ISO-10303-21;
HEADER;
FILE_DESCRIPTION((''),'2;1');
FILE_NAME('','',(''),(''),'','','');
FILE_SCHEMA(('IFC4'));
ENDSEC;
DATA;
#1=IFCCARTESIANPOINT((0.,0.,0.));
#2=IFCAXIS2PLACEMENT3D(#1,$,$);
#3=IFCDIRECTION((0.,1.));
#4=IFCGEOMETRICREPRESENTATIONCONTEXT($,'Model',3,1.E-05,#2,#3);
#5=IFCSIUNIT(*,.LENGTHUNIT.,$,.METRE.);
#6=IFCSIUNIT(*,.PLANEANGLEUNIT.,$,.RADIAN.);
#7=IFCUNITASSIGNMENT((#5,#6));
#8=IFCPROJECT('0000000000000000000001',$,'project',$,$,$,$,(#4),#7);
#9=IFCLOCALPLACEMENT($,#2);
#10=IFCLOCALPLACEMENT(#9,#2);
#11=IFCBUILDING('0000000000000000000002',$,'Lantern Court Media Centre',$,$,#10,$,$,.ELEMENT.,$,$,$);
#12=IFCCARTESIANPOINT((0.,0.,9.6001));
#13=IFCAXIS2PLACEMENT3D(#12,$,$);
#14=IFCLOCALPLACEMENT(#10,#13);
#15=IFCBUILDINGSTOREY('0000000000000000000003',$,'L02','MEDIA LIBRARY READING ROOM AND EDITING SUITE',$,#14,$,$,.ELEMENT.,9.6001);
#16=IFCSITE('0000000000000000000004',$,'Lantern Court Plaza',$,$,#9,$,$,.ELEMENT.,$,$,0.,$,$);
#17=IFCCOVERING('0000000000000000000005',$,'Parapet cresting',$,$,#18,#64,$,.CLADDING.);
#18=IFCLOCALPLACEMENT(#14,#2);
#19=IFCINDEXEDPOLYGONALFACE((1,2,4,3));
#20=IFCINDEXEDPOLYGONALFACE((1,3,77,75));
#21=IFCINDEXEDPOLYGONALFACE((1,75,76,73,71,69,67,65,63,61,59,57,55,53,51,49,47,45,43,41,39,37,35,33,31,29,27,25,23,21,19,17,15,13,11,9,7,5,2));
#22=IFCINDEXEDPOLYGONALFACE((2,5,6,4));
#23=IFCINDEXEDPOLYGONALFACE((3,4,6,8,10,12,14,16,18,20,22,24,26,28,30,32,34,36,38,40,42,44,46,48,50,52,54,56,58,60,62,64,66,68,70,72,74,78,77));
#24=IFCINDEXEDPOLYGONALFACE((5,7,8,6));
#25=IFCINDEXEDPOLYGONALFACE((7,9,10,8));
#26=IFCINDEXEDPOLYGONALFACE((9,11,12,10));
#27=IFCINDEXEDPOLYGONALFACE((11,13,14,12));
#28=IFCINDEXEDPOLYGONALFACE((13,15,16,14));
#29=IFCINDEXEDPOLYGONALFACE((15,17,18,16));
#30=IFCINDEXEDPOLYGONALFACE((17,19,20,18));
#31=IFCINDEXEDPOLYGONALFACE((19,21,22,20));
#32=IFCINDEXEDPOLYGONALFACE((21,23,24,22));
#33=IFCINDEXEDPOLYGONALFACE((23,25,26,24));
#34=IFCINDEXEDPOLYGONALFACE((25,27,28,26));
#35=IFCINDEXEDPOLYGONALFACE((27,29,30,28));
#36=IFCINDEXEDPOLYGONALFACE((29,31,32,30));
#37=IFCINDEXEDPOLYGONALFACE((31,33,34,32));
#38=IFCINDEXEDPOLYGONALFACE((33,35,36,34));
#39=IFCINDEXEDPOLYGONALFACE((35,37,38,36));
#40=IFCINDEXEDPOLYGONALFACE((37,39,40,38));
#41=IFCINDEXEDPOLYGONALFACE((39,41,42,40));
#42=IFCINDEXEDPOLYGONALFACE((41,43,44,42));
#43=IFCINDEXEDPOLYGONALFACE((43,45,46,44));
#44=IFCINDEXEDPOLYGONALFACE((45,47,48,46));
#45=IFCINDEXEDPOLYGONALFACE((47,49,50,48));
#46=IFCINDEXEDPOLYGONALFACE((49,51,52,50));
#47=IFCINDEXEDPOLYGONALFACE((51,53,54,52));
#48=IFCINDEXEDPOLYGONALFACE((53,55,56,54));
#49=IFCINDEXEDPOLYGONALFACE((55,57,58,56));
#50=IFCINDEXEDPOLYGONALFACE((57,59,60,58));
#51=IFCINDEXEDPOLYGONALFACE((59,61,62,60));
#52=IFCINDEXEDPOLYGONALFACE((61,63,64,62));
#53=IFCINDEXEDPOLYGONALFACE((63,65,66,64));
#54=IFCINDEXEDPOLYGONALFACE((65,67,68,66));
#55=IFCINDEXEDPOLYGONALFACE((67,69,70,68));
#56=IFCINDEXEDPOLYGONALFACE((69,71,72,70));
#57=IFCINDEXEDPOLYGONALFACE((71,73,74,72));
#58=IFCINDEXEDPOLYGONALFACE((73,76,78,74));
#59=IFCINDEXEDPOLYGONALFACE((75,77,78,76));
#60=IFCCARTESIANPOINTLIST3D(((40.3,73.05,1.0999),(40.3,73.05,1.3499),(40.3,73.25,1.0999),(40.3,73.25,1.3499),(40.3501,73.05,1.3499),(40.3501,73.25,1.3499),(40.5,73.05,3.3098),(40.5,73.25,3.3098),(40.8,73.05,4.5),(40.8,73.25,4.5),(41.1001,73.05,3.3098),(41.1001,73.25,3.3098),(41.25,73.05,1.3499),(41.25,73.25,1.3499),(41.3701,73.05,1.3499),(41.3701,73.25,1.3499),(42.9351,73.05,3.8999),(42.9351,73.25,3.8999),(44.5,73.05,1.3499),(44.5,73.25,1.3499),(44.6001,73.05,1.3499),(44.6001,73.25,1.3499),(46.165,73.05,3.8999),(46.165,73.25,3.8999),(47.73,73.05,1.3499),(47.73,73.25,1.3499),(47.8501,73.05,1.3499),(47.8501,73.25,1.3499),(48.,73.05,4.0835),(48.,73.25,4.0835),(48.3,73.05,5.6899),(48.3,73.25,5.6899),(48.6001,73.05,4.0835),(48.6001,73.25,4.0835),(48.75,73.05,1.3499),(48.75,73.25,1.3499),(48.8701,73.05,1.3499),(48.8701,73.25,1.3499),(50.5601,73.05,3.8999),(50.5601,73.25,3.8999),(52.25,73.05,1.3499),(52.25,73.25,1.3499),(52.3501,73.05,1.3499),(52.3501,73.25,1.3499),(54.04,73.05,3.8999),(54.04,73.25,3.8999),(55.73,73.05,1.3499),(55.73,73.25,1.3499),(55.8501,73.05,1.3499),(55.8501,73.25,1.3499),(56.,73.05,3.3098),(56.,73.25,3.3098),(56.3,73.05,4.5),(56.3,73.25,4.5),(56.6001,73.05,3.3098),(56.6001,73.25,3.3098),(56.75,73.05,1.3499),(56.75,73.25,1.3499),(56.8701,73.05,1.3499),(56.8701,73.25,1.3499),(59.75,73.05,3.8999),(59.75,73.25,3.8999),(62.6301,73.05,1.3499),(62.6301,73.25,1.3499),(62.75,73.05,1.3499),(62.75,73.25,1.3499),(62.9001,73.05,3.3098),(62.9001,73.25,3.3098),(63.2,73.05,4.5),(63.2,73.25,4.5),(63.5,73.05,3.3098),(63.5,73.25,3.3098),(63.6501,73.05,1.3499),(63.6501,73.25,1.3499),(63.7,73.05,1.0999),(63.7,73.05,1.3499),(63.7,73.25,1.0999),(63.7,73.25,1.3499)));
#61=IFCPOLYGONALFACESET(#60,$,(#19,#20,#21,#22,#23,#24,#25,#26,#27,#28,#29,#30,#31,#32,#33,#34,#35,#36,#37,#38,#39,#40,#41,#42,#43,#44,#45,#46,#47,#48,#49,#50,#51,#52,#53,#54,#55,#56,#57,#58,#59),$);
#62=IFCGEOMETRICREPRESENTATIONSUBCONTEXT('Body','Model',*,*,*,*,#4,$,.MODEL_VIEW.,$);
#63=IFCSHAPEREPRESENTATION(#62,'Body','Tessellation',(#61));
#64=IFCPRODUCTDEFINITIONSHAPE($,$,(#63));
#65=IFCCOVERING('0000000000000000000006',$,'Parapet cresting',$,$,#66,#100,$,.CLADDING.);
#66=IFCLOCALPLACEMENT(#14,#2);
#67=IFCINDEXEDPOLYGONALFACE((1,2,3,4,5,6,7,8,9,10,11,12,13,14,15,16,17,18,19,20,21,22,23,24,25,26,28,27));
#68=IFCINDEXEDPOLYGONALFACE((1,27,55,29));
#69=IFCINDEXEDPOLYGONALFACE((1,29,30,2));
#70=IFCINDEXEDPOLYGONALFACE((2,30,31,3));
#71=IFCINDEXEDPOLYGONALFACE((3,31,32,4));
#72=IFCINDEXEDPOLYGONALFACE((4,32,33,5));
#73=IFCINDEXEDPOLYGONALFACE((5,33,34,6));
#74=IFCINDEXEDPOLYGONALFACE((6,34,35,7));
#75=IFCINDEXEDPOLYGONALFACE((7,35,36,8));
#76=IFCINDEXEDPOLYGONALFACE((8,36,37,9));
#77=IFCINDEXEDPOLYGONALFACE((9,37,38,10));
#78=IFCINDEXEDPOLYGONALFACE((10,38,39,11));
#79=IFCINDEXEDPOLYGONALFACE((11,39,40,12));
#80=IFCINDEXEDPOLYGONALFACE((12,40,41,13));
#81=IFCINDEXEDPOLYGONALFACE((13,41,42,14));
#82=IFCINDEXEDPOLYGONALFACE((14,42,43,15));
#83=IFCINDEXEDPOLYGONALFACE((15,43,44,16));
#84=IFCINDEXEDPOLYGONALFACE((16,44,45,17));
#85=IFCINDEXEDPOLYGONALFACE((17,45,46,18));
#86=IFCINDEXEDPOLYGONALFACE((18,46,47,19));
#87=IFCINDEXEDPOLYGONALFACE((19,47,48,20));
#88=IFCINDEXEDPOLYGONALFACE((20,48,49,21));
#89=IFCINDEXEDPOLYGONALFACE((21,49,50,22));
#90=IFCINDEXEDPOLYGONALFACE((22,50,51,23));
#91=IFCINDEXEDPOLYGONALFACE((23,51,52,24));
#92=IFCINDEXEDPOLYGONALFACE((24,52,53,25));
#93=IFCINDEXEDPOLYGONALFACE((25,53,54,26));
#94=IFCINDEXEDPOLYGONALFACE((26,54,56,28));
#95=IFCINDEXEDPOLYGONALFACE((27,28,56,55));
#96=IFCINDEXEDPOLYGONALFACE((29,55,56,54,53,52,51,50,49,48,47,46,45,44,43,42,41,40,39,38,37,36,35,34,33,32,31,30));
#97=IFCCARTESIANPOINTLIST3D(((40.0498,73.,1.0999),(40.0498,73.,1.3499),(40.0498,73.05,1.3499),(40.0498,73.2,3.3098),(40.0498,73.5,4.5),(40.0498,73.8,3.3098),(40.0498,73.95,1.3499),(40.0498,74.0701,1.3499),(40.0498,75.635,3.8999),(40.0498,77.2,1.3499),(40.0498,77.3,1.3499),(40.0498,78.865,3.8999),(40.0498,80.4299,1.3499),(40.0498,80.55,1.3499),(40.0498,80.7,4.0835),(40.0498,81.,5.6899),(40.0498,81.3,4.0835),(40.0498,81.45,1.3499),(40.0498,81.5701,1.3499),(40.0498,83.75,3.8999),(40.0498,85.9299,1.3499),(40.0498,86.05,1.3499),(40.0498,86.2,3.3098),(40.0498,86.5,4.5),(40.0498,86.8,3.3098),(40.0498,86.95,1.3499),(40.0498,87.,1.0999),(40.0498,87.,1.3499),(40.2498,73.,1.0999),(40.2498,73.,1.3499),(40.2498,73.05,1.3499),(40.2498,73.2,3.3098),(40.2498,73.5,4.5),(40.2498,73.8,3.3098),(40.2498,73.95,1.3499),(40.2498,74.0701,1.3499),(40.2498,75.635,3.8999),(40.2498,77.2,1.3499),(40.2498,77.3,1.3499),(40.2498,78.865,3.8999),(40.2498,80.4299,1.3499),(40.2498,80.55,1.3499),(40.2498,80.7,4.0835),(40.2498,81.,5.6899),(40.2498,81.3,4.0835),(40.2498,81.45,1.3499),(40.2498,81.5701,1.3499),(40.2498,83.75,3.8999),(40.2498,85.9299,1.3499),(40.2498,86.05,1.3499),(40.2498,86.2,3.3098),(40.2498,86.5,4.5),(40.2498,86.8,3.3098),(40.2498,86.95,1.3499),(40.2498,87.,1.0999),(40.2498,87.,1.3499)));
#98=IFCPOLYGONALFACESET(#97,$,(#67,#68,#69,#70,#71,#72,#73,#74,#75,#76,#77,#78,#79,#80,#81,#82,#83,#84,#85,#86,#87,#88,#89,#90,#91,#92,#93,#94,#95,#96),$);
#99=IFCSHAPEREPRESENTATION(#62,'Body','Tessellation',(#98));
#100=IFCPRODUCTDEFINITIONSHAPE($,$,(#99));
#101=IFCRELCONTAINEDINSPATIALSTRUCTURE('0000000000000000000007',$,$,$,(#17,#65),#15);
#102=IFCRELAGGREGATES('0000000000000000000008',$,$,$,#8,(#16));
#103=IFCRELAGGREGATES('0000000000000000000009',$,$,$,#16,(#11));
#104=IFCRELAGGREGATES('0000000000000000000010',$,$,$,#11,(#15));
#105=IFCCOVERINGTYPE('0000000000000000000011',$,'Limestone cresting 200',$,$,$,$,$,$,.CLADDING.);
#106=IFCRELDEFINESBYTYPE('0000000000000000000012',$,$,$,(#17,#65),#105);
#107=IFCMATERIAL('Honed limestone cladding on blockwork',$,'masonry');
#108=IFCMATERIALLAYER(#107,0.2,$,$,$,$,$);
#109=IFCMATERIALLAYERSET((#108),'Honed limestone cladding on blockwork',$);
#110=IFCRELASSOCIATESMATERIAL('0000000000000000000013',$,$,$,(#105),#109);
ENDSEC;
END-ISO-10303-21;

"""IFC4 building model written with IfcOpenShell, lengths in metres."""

from ifc_helpers import new_model, si_unit, direction, frame, origin, place, context, subcontext, project, spatial, polyline, outline, extrude, material, layer, layer_set, type_object, element, save


model = new_model("IFC4")

# Units and contexts
model_context = context("Model", 3, precision=1e-05, world=origin(), true_north=direction((0.0, 1.0)))
body_context = subcontext(model_context, "Body", "Model", "MODEL_VIEW")
ifc_project = project(units=[si_unit("LENGTHUNIT", "METRE"), si_unit("PLANEANGLEUNIT", "RADIAN")], contexts=[model_context])

# Site, building, storey
site_placement = place(None, origin())
site = spatial("IfcSite", under=ifc_project, at=site_placement, Name="Lantern Court Plaza", CompositionType="ELEMENT", RefElevation=0.0)
building_placement = place(site_placement, origin())
building = spatial("IfcBuilding", under=site, at=building_placement, Name="Lantern Court Media Centre", CompositionType="ELEMENT")
storey_placement = place(building_placement, frame((0.0, 0.0, 9.6001)))
storey = spatial("IfcBuildingStorey", under=building, at=storey_placement, Name="L02", Description="MEDIA LIBRARY READING ROOM AND EDITING SUITE", CompositionType="ELEMENT", Elevation=9.6001)

# Coverings
ifc_material_1 = material(Name="Honed limestone cladding on blockwork", Category="masonry")
ifc_layer_1 = layer(ifc_material_1, 0.2)
ifc_layer_set_1 = layer_set([ifc_layer_1], Name="Honed limestone cladding on blockwork")
covering_type_1 = type_object("IfcCoveringType", Name="Limestone cresting 200", PredefinedType="CLADDING", material=ifc_layer_set_1)
covering_1_placement = place(storey_placement, frame((40.3, 73.1499, 1.0999), z_axis=(0.0, 0.0, 1.0), x_axis=(1.0, 0.0, 0.0)))
element("IfcCovering", 1, at=covering_1_placement, inside=storey, type_object=covering_type_1, Name="Parapet cresting", PredefinedType="CLADDING", context=body_context, shape_type="SweptSolid", body=[
    extrude(outline(polyline([(0.0, 0.0), (23.3999, 0.0), (23.3999, 0.25), (23.3501, 0.25), (23.2, 2.21), (22.8999, 3.4001), (22.6001, 2.21), (22.45, 0.25), (22.3301, 0.25), (19.45, 2.8), (16.5701, 0.25), (16.45, 0.25), (16.3, 2.21), (16.0, 3.4001), (15.7, 2.21), (15.55, 0.25), (15.4299, 0.25), (13.74, 2.8), (12.05, 0.25), (11.95, 0.25), (10.26, 2.8), (8.5701, 0.25), (8.45, 0.25), (8.3, 2.9836), (8.0, 4.5901), (7.7, 2.9836), (7.55, 0.25), (7.4299, 0.25), (5.865, 2.8), (4.3, 0.25), (4.2, 0.25), (2.635, 2.8), (1.0701, 0.25), (0.95, 0.25), (0.8, 2.21), (0.5, 3.4001), (0.2, 2.21), (0.05, 0.25), (0.0, 0.25), (0.0, 0.0)])), frame((0.0, 0.1001, 0.0), z_axis=(0.0, -1.0, 0.0), x_axis=(1.0, 0.0, 0.0)), (0.0, 0.0, 1.0), 0.2),
])
covering_2_placement = place(storey_placement, frame((40.1499, 73.0, 1.0999), z_axis=(0.0, 0.0, 1.0), x_axis=(0.0, 1.0, 0.0)))
element("IfcCovering", 2, at=covering_2_placement, inside=storey, type_object=covering_type_1, Name="Parapet cresting", PredefinedType="CLADDING", context=body_context, shape_type="SweptSolid", body=[
    extrude(outline(polyline([(0.0, 0.0), (14.0, 0.0), (14.0, 0.25), (13.95, 0.25), (13.8, 2.21), (13.5, 3.4001), (13.2, 2.21), (13.05, 0.25), (12.9299, 0.25), (10.75, 2.8), (8.5701, 0.25), (8.45, 0.25), (8.3, 2.9836), (8.0, 4.5901), (7.7, 2.9836), (7.55, 0.25), (7.4299, 0.25), (5.865, 2.8), (4.3, 0.25), (4.2, 0.25), (2.635, 2.8), (1.0701, 0.25), (0.95, 0.25), (0.8, 2.21), (0.5, 3.4001), (0.2, 2.21), (0.05, 0.25), (0.0, 0.25), (0.0, 0.0)])), frame((0.0, 0.1001, 0.0), z_axis=(0.0, -1.0, 0.0), x_axis=(1.0, 0.0, 0.0)), (0.0, 0.0, 1.0), 0.2),
])

save(model, "model.ifc")
